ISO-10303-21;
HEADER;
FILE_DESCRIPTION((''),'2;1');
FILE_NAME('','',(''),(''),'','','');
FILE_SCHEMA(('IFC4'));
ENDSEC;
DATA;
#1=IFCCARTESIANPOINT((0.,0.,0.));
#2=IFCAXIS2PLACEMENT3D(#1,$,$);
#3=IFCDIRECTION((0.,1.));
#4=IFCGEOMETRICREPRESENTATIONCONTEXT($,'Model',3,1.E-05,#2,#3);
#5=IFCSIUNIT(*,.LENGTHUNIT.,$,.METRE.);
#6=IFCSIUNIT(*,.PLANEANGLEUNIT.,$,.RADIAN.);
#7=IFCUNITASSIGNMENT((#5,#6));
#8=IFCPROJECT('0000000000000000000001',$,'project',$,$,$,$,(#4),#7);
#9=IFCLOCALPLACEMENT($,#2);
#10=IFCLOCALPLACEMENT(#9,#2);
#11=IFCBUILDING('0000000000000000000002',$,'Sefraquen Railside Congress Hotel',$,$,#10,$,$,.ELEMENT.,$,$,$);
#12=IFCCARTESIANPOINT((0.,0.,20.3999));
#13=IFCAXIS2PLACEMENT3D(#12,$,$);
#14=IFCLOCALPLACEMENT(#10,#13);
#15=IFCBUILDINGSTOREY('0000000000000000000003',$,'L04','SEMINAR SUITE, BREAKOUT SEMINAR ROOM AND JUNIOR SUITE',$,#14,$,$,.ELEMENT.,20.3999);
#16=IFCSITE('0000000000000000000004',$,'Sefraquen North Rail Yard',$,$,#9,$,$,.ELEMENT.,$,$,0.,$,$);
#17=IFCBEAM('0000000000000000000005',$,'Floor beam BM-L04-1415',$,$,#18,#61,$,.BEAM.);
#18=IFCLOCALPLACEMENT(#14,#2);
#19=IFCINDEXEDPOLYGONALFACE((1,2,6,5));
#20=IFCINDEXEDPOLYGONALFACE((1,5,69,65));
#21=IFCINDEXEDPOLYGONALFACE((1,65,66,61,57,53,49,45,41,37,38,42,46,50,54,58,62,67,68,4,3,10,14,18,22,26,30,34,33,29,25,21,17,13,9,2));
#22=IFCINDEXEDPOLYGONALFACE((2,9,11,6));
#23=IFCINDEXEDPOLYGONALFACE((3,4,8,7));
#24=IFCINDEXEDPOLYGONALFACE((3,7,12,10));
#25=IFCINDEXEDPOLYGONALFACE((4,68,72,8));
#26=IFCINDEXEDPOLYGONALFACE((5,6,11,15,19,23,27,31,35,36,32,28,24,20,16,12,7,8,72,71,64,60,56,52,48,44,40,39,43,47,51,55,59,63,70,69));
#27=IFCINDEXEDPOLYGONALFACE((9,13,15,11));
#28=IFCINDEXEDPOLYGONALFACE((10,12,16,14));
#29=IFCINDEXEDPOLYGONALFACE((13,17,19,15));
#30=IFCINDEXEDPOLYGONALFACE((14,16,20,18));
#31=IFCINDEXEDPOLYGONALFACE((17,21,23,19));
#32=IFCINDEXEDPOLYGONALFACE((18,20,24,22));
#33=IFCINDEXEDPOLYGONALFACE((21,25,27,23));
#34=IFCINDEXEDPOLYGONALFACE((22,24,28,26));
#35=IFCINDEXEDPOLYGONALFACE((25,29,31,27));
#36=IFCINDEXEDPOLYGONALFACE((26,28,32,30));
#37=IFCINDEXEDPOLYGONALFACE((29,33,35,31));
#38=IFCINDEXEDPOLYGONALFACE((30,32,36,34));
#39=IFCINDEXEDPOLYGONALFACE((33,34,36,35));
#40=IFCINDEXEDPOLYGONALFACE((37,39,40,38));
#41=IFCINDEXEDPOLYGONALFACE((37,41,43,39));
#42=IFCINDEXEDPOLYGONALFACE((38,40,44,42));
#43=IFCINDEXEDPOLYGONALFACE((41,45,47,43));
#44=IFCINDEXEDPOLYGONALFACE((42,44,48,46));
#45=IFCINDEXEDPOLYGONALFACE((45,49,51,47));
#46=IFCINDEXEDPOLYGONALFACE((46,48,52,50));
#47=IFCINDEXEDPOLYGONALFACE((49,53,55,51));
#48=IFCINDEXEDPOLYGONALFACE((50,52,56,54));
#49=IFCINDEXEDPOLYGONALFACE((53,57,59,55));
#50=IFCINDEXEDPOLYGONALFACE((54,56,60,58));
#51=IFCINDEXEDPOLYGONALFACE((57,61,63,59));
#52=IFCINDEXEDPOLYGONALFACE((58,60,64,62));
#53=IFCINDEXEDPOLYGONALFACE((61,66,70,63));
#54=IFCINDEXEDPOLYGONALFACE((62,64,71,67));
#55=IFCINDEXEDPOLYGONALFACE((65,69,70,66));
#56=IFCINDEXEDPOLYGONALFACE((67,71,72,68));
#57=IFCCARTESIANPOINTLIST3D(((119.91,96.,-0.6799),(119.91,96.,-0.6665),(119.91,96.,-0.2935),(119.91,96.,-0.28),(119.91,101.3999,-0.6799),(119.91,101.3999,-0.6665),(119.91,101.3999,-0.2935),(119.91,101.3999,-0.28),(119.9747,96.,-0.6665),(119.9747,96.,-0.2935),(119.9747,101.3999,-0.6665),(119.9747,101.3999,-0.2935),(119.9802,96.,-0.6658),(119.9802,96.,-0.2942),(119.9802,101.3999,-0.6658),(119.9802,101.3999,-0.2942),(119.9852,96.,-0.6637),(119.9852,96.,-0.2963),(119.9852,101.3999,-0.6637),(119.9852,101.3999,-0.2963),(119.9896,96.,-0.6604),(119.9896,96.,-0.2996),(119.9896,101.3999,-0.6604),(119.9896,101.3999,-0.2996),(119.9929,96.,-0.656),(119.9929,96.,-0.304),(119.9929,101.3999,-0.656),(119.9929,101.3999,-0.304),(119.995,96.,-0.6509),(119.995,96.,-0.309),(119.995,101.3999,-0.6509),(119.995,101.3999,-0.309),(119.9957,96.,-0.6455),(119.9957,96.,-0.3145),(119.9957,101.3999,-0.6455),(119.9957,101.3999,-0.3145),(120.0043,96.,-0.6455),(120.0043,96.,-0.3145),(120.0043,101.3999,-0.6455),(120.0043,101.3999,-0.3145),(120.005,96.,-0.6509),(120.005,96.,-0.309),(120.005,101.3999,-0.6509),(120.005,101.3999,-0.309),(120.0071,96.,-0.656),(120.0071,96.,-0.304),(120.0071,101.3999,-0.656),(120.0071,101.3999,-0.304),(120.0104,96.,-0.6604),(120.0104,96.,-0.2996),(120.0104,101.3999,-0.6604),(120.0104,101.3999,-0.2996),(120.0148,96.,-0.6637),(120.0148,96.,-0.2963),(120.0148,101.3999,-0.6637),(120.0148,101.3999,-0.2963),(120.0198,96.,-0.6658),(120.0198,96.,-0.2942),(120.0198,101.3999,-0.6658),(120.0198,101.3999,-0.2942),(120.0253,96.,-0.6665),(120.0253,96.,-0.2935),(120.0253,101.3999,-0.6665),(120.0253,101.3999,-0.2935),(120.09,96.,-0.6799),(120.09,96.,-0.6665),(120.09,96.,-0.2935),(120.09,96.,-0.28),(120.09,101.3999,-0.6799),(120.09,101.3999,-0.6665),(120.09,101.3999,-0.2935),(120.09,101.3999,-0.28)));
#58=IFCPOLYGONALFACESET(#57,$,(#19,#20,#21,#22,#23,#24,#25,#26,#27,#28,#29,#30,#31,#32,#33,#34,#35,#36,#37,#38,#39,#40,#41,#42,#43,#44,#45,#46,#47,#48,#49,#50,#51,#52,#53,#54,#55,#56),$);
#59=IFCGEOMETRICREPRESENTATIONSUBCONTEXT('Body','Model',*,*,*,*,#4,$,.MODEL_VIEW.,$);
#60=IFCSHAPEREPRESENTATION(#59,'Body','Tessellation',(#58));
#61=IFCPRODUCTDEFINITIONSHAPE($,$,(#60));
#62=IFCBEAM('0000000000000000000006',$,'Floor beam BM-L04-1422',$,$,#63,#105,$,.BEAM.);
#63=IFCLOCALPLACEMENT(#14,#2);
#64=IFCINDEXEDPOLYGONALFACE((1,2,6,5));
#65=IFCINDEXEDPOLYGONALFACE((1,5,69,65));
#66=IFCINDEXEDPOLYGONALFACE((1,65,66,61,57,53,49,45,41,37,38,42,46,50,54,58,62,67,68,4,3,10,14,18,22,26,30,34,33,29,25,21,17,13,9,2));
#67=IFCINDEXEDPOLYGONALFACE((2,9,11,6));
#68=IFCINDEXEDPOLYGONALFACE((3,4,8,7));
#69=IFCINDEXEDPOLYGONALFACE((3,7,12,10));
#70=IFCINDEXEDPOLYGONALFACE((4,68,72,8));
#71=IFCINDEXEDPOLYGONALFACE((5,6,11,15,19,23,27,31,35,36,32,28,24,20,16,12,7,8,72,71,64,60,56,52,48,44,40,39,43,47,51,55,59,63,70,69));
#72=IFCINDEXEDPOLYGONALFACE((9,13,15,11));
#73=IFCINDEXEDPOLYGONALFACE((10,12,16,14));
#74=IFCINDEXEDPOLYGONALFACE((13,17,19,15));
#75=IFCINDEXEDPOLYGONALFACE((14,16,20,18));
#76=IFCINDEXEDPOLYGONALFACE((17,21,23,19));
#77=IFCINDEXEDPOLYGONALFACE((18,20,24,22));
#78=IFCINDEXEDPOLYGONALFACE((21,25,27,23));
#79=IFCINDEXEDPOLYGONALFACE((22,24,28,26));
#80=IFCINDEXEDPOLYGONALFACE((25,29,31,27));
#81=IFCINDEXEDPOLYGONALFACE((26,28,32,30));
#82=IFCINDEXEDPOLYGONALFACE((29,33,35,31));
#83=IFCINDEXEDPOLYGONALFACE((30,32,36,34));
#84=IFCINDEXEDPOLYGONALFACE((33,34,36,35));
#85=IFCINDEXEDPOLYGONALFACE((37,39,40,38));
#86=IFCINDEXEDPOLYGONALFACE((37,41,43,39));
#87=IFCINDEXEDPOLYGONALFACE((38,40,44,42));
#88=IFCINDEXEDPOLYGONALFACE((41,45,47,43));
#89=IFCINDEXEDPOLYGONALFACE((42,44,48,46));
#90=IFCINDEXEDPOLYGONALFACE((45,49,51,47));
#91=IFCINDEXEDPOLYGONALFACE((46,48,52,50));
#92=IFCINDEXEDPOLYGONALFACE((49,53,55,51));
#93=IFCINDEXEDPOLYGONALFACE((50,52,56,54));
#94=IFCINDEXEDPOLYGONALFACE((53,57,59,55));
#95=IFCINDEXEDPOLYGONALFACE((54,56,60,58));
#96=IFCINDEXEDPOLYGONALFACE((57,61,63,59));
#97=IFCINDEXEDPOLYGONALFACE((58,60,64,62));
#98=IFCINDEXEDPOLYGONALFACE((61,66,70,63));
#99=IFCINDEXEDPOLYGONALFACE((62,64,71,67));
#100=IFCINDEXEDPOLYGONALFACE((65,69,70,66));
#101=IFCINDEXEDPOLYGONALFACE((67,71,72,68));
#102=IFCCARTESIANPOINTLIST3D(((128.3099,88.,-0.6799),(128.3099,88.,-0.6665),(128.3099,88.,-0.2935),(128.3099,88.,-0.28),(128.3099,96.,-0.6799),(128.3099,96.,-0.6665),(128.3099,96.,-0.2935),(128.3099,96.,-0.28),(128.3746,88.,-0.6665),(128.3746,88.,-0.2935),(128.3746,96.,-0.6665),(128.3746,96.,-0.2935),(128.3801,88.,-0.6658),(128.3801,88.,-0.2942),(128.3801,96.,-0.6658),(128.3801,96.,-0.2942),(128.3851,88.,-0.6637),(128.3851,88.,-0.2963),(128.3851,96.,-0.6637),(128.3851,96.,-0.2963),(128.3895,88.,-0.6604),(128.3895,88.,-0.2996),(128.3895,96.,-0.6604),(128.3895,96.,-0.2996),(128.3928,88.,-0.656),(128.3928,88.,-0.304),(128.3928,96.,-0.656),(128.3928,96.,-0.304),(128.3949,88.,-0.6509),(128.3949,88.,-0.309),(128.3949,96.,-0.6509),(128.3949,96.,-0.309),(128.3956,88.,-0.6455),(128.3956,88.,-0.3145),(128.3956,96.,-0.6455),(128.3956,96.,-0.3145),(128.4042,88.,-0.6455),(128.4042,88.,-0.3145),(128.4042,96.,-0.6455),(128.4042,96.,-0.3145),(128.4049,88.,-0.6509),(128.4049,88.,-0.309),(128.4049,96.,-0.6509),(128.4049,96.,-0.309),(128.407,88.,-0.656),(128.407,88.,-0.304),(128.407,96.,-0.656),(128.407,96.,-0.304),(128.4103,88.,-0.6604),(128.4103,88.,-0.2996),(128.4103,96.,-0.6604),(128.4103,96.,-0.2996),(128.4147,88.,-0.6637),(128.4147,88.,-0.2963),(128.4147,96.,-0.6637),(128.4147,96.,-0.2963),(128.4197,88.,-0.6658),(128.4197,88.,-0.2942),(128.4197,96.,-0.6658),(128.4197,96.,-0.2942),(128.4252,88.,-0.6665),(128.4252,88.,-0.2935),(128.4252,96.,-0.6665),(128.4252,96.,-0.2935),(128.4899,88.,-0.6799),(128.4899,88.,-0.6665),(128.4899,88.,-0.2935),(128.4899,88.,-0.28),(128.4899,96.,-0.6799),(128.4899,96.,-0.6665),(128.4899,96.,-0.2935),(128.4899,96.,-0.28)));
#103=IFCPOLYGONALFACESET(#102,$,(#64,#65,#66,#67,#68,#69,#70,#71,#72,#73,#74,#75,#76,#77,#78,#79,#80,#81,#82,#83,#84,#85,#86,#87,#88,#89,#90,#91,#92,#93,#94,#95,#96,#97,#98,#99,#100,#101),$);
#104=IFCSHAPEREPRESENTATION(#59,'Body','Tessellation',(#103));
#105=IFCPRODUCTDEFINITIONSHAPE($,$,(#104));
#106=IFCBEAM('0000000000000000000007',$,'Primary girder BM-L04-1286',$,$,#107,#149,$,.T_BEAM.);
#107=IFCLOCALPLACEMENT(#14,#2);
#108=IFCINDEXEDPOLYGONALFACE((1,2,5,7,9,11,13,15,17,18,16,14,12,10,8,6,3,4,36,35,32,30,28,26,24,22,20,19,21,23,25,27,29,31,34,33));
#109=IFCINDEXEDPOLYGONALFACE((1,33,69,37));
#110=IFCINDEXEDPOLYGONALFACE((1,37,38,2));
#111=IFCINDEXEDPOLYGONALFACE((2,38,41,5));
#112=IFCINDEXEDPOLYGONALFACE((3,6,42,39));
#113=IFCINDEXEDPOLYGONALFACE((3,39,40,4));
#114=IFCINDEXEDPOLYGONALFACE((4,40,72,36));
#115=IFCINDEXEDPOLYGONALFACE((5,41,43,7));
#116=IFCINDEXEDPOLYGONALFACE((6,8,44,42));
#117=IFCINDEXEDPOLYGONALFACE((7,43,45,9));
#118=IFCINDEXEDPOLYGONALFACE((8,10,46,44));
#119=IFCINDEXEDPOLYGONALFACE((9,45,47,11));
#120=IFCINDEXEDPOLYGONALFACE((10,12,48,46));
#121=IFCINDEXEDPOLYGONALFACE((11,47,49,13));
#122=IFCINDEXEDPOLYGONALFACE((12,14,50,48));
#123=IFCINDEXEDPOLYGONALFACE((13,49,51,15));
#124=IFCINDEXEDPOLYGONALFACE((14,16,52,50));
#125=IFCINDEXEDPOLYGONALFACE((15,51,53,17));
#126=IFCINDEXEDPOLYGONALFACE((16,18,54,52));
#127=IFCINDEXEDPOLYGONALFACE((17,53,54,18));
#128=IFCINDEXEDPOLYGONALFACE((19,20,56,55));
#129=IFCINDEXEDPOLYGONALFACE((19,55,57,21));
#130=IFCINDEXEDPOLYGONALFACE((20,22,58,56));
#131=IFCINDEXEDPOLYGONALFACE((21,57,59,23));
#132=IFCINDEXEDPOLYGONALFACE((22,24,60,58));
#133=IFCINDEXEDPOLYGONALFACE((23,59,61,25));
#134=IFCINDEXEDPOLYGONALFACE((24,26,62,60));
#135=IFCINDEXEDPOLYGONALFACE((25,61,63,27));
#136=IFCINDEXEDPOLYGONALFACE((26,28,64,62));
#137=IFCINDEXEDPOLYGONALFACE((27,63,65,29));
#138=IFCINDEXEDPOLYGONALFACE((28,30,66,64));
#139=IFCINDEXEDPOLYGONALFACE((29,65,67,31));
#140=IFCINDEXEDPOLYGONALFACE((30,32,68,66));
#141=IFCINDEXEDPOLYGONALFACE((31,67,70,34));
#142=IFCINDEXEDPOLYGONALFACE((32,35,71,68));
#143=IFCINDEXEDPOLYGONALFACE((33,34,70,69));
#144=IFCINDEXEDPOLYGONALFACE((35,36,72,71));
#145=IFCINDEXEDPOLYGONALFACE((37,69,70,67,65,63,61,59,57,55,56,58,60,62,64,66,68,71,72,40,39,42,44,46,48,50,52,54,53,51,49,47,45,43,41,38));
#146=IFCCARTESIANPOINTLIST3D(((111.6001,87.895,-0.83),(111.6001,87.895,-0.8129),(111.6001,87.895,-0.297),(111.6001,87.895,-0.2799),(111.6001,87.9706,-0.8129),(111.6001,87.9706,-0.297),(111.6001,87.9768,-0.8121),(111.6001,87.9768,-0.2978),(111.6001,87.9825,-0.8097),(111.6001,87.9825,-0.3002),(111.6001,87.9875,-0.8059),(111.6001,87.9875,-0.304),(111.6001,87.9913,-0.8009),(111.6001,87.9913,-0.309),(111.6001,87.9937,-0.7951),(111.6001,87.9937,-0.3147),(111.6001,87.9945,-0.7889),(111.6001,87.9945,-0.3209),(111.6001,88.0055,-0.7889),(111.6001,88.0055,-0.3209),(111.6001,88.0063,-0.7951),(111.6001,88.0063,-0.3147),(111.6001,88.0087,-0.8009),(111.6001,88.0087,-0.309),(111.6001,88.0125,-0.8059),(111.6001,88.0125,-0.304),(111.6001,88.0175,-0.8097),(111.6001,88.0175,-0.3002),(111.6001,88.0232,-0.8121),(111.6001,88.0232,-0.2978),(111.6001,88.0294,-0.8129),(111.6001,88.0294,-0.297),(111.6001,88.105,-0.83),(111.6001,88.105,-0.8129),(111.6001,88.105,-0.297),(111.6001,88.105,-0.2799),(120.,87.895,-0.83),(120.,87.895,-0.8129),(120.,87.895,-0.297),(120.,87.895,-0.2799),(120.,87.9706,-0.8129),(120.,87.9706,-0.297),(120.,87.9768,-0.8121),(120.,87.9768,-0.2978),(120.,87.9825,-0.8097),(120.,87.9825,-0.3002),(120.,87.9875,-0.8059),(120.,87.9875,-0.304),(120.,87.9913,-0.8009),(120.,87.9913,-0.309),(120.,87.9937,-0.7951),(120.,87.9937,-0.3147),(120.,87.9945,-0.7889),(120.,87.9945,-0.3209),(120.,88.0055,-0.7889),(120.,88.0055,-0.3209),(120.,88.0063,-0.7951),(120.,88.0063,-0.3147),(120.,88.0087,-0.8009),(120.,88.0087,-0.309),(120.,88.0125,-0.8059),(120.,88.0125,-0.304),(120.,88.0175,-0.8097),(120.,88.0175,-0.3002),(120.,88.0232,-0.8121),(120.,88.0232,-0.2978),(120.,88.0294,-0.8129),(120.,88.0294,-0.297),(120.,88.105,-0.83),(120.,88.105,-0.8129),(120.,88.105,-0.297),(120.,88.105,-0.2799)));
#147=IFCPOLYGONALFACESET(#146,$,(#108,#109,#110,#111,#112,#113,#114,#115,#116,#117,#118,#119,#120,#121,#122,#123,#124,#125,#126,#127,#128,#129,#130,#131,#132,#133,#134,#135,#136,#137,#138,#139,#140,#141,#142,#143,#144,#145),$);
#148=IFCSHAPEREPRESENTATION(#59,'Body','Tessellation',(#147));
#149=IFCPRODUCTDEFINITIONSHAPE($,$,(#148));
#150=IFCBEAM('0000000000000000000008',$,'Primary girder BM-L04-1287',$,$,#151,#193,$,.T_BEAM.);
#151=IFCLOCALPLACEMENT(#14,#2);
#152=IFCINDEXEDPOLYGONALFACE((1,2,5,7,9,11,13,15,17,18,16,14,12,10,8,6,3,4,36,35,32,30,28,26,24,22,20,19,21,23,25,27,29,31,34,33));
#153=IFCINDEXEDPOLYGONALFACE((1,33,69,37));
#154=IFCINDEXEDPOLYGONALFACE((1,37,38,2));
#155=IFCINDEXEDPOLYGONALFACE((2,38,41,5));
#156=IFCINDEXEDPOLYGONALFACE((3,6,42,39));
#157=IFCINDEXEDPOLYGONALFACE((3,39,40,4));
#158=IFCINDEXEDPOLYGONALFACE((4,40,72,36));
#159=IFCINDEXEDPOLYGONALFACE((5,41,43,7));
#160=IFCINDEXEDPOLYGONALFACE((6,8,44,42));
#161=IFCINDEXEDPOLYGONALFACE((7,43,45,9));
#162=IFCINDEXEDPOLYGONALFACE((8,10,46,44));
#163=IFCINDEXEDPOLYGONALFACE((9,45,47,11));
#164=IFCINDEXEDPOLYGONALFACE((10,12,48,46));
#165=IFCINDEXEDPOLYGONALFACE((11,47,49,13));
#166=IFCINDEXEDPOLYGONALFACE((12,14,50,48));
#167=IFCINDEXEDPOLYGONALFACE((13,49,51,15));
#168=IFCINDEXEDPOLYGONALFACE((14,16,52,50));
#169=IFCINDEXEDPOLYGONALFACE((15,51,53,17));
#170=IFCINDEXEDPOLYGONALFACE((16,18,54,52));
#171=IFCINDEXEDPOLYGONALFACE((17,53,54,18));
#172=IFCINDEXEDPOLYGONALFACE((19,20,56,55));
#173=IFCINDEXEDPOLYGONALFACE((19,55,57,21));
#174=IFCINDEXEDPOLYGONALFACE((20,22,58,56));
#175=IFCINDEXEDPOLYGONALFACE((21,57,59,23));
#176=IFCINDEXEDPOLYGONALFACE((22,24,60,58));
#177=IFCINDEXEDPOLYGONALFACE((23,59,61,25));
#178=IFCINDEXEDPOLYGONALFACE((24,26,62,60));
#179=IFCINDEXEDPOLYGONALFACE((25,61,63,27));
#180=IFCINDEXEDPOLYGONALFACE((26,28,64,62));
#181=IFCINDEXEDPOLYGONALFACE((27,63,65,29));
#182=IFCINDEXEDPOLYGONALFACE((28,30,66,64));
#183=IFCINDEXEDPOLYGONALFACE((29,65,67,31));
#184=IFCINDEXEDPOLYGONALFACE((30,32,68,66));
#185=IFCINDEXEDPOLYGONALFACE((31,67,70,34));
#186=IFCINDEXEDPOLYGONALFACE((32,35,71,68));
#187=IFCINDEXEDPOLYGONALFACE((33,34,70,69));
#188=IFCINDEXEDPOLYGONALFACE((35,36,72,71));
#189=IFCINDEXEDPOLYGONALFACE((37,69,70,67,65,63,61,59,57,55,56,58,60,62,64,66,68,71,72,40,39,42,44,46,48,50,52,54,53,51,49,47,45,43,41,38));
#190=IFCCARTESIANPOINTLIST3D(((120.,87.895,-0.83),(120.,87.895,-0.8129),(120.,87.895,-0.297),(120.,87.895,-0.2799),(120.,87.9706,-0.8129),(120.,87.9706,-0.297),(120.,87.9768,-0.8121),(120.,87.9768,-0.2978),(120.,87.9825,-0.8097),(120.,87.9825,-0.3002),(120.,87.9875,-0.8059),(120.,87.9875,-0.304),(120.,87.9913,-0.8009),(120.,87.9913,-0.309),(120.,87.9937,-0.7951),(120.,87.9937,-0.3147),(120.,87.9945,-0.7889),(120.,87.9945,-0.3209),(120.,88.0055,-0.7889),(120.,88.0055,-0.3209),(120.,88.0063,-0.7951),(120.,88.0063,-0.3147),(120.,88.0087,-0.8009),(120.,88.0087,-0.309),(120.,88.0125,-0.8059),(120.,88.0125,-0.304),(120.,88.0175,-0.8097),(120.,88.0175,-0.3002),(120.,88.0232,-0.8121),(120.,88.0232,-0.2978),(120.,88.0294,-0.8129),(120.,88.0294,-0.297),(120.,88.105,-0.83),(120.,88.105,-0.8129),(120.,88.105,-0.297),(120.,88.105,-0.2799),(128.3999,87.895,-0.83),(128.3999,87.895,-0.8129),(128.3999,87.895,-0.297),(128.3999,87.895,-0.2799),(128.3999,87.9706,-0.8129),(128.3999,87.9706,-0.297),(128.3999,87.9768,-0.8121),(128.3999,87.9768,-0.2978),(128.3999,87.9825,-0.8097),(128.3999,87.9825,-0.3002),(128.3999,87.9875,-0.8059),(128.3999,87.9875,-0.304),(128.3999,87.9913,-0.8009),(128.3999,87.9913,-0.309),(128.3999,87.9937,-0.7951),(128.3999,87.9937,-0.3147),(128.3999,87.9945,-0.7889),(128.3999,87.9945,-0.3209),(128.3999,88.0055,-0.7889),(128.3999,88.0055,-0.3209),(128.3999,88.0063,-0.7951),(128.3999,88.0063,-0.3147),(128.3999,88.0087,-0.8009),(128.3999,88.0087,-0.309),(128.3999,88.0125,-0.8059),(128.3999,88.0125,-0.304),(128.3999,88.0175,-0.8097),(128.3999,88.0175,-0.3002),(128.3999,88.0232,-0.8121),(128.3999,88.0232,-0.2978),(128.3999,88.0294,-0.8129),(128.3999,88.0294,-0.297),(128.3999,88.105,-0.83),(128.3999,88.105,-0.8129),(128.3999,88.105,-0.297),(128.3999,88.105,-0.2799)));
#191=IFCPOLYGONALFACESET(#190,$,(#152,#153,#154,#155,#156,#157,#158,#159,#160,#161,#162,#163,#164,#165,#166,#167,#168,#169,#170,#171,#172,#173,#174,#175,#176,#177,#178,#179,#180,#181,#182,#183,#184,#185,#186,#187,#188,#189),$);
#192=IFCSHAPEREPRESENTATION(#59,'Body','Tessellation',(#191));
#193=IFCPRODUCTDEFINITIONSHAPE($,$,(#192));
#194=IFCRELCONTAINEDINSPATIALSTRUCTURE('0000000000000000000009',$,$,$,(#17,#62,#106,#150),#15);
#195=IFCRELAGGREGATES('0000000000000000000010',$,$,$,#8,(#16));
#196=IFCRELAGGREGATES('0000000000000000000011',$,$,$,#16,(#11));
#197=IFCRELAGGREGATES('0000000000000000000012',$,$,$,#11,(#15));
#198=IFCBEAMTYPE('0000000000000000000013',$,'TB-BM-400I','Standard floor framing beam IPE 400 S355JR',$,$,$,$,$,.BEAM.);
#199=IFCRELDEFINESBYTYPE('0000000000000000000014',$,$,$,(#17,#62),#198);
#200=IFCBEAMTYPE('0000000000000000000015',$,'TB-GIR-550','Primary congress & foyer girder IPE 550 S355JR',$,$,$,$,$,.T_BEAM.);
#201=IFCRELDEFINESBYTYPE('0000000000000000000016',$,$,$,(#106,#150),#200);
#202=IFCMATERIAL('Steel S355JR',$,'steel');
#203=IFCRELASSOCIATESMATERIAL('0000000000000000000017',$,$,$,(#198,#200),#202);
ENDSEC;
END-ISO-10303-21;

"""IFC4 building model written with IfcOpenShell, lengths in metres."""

from ifc_helpers import new_model, si_unit, direction, frame, origin, origin_2d, place, context, subcontext, project, spatial, i_section, extrude, material, material_profile, profile_set, type_object, element, save


model = new_model("IFC4")

# Units and contexts
model_context = context("Model", 3, precision=1e-05, world=origin(), true_north=direction((0.0, 1.0)))
body_context = subcontext(model_context, "Body", "Model", "MODEL_VIEW")
ifc_project = project(units=[si_unit("LENGTHUNIT", "METRE"), si_unit("PLANEANGLEUNIT", "RADIAN")], contexts=[model_context])

# Site, building, storey
site_placement = place(None, origin())
site = spatial("IfcSite", under=ifc_project, at=site_placement, Name="Sefraquen North Rail Yard", CompositionType="ELEMENT", RefElevation=0.0)
building_placement = place(site_placement, origin())
building = spatial("IfcBuilding", under=site, at=building_placement, Name="Sefraquen Railside Congress Hotel", CompositionType="ELEMENT")
storey_placement = place(building_placement, frame((0.0, 0.0, 20.3999)))
storey = spatial("IfcBuildingStorey", under=building, at=storey_placement, Name="L04", Description="SEMINAR SUITE, BREAKOUT SEMINAR ROOM AND JUNIOR SUITE", CompositionType="ELEMENT", Elevation=20.3999)

# Shared definitions
ifc_material_1 = material(Name="Steel S355JR", Category="steel")

# Beams
ifc_material_profile_1 = material_profile(ifc_material_1, i_section(OverallWidth=0.1799, OverallDepth=0.3999, WebThickness=0.0085, FlangeThickness=0.0134, FilletRadius=0.021, at=origin_2d()), Name="IPE 400")
ifc_profile_set_1 = profile_set([ifc_material_profile_1], Name="Steel S355JR")
beam_type_1 = type_object("IfcBeamType", Name="TB-BM-400I", Description="Standard floor framing beam IPE 400 S355JR", PredefinedType="BEAM", material=ifc_profile_set_1)
beam_1_placement = place(storey_placement, frame((120.0, 96.0, -0.48), z_axis=(0.0, 1.0, 0.0), x_axis=(-1.0, 0.0, 0.0)))
element("IfcBeam", 1, at=beam_1_placement, inside=storey, type_object=beam_type_1, Name="Floor beam BM-L04-1415", PredefinedType="BEAM", context=body_context, shape_type="SweptSolid", body=[
    extrude(i_section(OverallWidth=0.1799, OverallDepth=0.3999, WebThickness=0.0085, FlangeThickness=0.0134, FilletRadius=0.021, at=origin_2d()), origin(), (0.0, 0.0, 1.0), 5.3999),
])
beam_2_placement = place(storey_placement, frame((128.3999, 88.0, -0.48), z_axis=(0.0, 1.0, 0.0), x_axis=(-1.0, 0.0, 0.0)))
element("IfcBeam", 2, at=beam_2_placement, inside=storey, type_object=beam_type_1, Name="Floor beam BM-L04-1422", PredefinedType="BEAM", context=body_context, shape_type="SweptSolid", body=[
    extrude(i_section(OverallWidth=0.1799, OverallDepth=0.3999, WebThickness=0.0085, FlangeThickness=0.0134, FilletRadius=0.021, at=origin_2d()), origin(), (0.0, 0.0, 1.0), 8.0),
])
ifc_material_profile_2 = material_profile(ifc_material_1, i_section(OverallWidth=0.21, OverallDepth=0.55, WebThickness=0.011, FlangeThickness=0.0171, FilletRadius=0.0239, at=origin_2d()), Name="IPE 550")
ifc_profile_set_2 = profile_set([ifc_material_profile_2], Name="Steel S355JR")
beam_type_2 = type_object("IfcBeamType", Name="TB-GIR-550", Description="Primary congress & foyer girder IPE 550 S355JR", PredefinedType="T_BEAM", material=ifc_profile_set_2)
for number, where, z_axis, x_axis, name in (
    (3, (111.6001, 88.0, -0.5549), (1.0, 0.0, 0.0), (0.0, 1.0, 0.0), "Primary girder BM-L04-1286"),
    (4, (120.0, 88.0, -0.5549), (1.0, 0.0, 0.0), (0.0, 1.0, 0.0), "Primary girder BM-L04-1287"),
):
    element("IfcBeam", number, at=place(storey_placement, frame(where, z_axis=z_axis, x_axis=x_axis)), inside=storey, type_object=beam_type_2, Name=name, PredefinedType="T_BEAM", context=body_context, shape_type="SweptSolid", body=[
        extrude(i_section(OverallWidth=0.21, OverallDepth=0.55, WebThickness=0.011, FlangeThickness=0.0171, FilletRadius=0.0239, at=origin_2d()), origin(), (0.0, 0.0, 1.0), 8.3999),
    ])

save(model, "model.ifc")
